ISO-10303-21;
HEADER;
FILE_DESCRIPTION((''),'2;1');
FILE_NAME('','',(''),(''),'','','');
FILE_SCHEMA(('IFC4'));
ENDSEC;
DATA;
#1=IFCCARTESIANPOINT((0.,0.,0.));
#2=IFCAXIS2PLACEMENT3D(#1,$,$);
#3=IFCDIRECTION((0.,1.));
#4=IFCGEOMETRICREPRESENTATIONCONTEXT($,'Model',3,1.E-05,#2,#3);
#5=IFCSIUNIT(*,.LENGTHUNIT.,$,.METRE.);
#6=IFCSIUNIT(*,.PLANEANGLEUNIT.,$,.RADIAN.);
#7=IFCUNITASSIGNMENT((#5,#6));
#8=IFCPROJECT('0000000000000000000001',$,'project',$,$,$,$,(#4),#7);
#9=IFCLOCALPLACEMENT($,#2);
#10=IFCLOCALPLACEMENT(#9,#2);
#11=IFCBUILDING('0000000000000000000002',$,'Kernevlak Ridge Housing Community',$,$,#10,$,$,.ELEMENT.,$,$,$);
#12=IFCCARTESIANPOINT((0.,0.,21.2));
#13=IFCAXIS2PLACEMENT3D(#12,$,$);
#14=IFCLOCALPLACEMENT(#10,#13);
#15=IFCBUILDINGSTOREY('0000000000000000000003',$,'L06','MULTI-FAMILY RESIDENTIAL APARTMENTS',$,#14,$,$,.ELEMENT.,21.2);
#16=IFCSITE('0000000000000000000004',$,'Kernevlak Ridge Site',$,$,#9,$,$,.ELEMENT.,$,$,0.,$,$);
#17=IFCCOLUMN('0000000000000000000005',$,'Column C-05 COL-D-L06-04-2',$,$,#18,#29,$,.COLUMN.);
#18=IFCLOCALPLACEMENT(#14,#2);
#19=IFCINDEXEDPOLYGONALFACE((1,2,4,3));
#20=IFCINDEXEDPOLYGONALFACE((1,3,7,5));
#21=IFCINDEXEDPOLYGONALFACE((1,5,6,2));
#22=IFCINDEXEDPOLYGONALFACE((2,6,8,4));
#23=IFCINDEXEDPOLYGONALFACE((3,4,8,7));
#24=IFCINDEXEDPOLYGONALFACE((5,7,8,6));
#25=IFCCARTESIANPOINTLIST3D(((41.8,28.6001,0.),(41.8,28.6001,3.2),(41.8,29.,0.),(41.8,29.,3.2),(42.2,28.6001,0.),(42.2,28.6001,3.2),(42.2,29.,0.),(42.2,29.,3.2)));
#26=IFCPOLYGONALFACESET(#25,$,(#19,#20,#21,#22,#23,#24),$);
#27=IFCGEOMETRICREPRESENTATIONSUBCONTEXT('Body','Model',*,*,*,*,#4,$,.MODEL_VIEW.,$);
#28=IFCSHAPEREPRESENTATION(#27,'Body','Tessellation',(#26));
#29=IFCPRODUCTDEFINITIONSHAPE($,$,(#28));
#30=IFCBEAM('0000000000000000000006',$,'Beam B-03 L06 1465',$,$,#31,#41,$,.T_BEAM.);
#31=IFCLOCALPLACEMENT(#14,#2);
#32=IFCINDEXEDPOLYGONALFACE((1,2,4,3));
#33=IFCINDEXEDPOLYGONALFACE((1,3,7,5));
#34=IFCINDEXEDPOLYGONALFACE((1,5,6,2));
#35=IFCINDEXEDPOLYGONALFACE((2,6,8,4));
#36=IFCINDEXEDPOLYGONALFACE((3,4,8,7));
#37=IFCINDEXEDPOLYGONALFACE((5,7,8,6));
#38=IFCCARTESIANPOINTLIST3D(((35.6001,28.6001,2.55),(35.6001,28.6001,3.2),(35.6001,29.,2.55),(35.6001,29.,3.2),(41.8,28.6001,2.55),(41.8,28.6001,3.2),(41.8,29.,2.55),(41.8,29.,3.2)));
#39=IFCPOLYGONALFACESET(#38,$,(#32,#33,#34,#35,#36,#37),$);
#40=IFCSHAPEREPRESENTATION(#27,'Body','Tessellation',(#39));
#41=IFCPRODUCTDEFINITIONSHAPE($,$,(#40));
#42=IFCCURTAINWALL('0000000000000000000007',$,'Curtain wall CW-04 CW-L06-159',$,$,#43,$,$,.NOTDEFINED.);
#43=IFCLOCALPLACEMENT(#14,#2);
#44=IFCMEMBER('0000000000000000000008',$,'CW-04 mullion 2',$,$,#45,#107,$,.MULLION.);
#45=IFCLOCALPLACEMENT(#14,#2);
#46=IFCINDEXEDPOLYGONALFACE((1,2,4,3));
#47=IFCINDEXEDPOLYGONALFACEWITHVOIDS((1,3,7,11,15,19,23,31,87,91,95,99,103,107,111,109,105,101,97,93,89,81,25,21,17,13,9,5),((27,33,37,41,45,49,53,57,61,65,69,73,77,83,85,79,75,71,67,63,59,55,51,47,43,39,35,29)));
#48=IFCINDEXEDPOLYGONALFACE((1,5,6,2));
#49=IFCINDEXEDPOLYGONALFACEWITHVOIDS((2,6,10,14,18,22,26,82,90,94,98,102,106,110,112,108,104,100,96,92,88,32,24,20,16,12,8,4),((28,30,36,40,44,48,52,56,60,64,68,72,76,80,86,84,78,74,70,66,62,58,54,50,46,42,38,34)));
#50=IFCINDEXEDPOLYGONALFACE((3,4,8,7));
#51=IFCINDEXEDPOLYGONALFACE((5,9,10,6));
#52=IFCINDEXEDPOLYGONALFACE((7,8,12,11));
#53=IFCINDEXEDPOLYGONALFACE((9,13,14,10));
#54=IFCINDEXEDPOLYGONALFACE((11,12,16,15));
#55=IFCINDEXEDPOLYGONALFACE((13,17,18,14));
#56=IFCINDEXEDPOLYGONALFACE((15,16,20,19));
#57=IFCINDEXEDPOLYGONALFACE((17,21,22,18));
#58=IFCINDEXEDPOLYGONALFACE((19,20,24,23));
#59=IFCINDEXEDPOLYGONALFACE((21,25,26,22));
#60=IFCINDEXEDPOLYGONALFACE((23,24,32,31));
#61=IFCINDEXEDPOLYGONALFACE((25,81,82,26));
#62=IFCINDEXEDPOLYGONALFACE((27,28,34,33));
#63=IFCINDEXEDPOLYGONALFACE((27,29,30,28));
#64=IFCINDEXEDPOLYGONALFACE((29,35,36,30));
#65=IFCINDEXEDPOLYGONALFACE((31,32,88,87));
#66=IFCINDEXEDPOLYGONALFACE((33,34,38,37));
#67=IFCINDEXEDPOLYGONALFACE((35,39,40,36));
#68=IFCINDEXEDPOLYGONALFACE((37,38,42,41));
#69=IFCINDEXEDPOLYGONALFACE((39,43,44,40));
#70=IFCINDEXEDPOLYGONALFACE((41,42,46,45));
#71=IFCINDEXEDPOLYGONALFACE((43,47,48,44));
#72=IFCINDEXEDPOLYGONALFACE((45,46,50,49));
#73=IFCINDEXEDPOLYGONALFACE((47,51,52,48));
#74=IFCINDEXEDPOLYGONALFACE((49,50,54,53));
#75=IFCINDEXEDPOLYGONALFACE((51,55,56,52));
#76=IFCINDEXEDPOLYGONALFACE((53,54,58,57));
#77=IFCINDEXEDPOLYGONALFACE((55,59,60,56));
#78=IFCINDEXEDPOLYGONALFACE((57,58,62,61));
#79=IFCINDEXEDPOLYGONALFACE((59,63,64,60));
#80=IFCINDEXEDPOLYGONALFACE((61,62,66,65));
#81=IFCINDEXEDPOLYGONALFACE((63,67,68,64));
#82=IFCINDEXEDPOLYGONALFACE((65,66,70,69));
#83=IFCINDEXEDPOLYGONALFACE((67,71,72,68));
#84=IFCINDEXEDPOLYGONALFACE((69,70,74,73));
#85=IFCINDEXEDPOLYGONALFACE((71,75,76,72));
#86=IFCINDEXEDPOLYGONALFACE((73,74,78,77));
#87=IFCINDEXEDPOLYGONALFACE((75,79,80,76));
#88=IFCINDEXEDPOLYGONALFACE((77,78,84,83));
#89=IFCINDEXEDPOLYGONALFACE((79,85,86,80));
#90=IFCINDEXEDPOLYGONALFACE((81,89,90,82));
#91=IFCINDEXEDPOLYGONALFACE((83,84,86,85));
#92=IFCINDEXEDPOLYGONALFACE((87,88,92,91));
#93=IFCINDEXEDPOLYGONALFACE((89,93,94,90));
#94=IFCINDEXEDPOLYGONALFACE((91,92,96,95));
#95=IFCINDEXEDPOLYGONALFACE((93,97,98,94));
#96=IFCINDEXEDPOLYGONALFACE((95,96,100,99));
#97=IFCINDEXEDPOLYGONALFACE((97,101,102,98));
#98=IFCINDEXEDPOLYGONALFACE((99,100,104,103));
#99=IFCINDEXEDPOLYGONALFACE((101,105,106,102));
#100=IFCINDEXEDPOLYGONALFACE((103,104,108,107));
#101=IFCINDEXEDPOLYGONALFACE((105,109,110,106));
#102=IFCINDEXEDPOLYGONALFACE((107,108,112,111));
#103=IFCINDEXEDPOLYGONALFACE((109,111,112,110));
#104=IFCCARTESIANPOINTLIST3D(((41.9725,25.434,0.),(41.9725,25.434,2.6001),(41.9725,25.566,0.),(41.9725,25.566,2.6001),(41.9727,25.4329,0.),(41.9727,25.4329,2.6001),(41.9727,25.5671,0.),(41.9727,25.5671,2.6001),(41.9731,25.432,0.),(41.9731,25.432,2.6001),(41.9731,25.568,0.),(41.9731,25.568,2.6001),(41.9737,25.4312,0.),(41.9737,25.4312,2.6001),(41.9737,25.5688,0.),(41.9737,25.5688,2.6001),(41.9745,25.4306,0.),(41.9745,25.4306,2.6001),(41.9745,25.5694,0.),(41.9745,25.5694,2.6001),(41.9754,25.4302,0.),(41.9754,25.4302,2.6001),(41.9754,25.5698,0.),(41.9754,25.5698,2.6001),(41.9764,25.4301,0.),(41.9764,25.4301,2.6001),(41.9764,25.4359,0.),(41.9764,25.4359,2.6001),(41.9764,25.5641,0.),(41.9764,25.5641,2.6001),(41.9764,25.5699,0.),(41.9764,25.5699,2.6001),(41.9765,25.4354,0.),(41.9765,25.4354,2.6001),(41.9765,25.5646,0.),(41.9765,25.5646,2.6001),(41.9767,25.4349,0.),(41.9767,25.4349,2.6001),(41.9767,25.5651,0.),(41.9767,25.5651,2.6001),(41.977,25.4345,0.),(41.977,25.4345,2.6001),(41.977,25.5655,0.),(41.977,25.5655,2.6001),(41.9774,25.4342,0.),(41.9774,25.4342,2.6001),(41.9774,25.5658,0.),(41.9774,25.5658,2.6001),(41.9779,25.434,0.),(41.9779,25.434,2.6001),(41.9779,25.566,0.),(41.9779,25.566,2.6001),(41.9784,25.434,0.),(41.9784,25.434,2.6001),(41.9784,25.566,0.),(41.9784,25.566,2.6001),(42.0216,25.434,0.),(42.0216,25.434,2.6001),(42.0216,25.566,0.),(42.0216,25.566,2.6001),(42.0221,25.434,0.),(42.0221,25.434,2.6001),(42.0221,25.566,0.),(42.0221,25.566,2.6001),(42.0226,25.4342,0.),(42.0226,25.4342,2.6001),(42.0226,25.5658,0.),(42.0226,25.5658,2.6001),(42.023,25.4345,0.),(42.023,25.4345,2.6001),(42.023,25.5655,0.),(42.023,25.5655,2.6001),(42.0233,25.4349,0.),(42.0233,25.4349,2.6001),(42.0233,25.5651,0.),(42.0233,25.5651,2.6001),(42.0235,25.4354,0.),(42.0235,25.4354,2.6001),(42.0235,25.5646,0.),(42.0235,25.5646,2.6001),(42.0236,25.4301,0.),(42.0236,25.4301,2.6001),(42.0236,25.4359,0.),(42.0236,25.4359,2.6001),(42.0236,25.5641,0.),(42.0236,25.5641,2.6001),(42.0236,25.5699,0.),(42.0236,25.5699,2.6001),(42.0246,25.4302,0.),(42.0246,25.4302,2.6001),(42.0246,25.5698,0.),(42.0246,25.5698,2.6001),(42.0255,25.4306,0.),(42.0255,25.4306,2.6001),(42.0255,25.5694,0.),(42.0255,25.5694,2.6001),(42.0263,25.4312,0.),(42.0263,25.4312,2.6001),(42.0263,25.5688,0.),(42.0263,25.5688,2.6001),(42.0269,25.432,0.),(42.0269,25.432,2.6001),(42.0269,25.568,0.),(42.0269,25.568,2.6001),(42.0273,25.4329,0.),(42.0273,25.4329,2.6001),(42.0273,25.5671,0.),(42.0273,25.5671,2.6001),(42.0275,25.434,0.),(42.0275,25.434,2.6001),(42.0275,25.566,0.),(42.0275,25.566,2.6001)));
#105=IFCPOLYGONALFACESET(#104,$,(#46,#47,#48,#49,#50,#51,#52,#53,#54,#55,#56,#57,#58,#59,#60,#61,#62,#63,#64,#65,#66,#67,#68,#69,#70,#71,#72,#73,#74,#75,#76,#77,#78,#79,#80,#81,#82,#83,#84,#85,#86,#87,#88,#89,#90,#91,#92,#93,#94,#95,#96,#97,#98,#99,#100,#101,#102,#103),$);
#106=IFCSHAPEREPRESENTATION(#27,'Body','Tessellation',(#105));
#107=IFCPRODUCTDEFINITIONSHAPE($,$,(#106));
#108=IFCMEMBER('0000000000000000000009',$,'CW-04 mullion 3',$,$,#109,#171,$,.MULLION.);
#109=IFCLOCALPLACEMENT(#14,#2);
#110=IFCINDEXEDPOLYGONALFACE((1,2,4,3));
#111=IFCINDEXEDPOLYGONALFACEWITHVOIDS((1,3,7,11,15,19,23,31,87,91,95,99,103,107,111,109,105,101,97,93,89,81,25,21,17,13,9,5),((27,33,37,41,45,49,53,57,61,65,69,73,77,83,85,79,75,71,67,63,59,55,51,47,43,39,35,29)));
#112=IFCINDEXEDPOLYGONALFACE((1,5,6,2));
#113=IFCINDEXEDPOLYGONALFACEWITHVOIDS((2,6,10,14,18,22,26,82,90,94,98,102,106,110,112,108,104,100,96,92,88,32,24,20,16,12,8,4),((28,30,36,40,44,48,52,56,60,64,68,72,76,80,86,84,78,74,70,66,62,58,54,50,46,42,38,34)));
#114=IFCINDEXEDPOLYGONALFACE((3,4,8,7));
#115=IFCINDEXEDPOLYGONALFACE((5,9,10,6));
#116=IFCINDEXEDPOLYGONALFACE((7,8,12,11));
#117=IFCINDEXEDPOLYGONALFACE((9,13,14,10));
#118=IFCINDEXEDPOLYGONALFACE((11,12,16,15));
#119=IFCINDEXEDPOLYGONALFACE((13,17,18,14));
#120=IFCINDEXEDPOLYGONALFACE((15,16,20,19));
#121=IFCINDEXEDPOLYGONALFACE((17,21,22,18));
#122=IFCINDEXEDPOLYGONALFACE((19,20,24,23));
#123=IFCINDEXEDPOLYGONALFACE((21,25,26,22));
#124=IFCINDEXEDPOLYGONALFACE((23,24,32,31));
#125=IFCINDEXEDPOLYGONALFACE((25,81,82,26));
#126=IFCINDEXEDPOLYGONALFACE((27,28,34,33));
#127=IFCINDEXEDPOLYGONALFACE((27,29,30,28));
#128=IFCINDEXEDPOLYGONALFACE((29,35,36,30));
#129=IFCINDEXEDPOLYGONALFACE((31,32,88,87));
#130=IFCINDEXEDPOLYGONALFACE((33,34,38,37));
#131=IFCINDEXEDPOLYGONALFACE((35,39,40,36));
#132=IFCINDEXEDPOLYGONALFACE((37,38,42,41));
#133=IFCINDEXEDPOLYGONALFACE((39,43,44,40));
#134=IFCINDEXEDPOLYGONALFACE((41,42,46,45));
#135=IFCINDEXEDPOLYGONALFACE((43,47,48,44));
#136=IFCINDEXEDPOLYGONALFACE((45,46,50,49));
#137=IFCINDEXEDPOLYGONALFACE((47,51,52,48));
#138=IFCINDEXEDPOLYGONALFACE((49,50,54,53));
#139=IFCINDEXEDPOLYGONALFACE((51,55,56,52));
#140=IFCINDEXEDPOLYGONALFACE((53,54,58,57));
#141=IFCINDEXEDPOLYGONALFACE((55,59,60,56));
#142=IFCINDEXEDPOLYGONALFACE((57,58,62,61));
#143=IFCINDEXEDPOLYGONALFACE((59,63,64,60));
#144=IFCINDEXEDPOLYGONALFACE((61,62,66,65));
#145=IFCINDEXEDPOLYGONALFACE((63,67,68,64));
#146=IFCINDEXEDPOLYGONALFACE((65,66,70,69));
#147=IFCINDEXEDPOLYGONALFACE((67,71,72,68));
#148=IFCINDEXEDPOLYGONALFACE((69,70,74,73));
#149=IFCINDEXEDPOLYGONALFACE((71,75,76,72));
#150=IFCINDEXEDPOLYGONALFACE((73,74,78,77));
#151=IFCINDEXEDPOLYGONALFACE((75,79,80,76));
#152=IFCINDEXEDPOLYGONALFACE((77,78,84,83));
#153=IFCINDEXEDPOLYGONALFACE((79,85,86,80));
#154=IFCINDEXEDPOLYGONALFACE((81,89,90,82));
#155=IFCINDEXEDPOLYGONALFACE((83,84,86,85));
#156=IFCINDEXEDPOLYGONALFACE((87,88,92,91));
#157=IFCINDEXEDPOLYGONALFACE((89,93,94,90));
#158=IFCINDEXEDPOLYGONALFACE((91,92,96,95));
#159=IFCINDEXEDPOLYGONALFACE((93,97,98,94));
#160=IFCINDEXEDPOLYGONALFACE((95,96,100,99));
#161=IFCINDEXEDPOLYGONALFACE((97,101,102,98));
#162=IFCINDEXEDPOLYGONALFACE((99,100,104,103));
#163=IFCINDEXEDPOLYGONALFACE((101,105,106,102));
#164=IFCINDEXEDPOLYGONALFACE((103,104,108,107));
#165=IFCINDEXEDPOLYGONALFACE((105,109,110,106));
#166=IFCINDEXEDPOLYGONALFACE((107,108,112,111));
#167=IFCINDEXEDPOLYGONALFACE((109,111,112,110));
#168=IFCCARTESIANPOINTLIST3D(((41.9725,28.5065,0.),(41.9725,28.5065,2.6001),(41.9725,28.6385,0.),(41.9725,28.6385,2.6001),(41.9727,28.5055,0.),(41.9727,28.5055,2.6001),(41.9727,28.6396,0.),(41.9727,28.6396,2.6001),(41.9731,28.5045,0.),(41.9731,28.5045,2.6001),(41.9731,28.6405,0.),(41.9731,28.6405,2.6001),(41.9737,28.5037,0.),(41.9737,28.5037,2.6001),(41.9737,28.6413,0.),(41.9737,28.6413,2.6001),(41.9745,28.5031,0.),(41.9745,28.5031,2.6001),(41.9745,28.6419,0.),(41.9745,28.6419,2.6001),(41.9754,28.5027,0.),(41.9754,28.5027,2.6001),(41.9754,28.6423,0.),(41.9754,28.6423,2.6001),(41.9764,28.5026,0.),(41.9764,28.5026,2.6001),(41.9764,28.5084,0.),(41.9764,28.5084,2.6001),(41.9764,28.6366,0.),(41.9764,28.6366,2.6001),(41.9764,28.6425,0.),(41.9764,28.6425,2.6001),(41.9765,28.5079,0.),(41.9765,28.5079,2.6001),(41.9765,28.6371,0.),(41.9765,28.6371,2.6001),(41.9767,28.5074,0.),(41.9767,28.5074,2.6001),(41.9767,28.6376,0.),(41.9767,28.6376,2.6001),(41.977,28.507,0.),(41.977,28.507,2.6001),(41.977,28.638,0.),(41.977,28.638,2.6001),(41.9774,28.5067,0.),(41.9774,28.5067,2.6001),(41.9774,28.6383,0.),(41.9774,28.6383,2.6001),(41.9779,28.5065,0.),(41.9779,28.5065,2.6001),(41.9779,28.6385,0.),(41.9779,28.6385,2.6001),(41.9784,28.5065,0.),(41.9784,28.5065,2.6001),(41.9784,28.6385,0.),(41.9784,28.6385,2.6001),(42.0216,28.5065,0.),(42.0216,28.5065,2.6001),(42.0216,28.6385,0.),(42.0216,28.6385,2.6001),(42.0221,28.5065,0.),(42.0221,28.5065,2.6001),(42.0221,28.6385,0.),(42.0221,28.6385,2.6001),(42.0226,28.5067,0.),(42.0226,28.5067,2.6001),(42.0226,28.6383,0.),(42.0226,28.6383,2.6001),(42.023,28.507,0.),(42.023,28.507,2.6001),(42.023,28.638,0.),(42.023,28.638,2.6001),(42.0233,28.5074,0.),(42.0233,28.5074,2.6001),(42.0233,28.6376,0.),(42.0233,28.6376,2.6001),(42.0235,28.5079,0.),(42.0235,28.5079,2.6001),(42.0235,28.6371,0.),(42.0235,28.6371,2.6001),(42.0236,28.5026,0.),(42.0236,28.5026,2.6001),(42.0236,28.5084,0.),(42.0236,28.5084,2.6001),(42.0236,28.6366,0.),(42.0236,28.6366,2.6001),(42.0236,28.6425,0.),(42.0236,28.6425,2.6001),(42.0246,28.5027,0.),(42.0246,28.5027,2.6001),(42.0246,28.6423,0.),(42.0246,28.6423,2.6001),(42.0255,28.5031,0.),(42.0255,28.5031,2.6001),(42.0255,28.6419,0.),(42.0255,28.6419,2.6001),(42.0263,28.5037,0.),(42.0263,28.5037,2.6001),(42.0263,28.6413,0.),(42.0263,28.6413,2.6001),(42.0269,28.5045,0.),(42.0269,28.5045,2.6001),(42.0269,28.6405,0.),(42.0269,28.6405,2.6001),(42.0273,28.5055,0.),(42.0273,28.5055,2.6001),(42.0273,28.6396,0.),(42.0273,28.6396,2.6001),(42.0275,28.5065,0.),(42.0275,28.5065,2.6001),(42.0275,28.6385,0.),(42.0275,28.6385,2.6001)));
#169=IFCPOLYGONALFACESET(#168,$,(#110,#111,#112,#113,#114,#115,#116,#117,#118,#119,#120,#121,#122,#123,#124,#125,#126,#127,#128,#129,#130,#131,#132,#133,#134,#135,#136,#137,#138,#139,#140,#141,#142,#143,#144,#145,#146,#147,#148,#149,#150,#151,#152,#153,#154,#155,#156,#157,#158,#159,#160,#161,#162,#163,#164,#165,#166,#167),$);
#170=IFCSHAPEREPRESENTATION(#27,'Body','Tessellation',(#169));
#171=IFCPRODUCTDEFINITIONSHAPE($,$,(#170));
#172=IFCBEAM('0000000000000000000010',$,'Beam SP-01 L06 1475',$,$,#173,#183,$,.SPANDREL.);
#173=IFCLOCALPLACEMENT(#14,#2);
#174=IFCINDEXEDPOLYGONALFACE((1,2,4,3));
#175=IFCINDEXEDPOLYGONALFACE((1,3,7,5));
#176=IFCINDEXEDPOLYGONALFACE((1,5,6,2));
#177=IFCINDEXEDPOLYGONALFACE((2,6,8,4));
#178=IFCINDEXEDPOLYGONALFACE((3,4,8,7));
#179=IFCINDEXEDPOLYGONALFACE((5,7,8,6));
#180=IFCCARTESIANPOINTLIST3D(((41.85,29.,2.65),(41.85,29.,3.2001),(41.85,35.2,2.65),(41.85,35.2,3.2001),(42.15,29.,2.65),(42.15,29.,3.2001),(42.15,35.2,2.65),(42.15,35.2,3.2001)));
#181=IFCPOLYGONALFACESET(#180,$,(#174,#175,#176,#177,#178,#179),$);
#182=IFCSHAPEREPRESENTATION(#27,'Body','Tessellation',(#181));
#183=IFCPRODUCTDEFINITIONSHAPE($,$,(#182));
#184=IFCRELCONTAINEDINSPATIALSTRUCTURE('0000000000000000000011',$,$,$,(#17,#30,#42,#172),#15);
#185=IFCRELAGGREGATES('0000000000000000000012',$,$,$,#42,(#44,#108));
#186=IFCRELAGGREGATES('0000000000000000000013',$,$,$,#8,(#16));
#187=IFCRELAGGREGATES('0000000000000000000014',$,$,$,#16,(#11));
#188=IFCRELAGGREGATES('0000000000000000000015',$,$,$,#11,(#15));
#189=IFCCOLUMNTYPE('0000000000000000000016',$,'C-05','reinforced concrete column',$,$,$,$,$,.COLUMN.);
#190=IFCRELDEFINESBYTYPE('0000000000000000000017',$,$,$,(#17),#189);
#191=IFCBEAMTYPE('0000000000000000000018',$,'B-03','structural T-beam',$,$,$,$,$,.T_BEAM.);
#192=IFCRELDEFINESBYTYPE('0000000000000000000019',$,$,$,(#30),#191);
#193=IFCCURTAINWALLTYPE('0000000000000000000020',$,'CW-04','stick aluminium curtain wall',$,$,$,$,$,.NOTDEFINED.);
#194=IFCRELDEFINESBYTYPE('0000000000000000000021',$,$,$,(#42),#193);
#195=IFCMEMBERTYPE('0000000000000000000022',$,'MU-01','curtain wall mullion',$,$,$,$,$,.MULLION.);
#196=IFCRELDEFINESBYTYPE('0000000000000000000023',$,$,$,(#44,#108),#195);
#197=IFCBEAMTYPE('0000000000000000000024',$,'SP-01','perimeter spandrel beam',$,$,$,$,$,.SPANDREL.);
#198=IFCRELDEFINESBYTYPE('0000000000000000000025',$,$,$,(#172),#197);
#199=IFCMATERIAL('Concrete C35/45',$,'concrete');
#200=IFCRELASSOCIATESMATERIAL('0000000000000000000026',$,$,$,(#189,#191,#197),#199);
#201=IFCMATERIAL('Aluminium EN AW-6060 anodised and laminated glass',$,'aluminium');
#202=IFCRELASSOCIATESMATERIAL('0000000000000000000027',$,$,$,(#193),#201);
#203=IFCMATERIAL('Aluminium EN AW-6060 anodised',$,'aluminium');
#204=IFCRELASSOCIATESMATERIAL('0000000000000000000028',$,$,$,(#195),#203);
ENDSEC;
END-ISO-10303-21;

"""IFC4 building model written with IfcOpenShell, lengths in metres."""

from ifc_helpers import new_model, si_unit, direction, frame, origin, origin_2d, place, context, subcontext, project, spatial, rectangle, hollow_rectangle, extrude, material, material_profile, profile_set, type_object, element, aggregate, save


model = new_model("IFC4")

# Units and contexts
model_context = context("Model", 3, precision=1e-05, world=origin(), true_north=direction((0.0, 1.0)))
body_context = subcontext(model_context, "Body", "Model", "MODEL_VIEW")
ifc_project = project(units=[si_unit("LENGTHUNIT", "METRE"), si_unit("PLANEANGLEUNIT", "RADIAN")], contexts=[model_context])

# Site, building, storey
site_placement = place(None, origin())
site = spatial("IfcSite", under=ifc_project, at=site_placement, Name="Kernevlak Ridge Site", CompositionType="ELEMENT", RefElevation=0.0)
building_placement = place(site_placement, origin())
building = spatial("IfcBuilding", under=site, at=building_placement, Name="Kernevlak Ridge Housing Community", CompositionType="ELEMENT")
storey_placement = place(building_placement, frame((0.0, 0.0, 21.2)))
storey = spatial("IfcBuildingStorey", under=building, at=storey_placement, Name="L06", Description="MULTI-FAMILY RESIDENTIAL APARTMENTS", CompositionType="ELEMENT", Elevation=21.2)

# Column
ifc_material_1 = material(Name="Concrete C35/45", Category="concrete")
ifc_material_profile_1 = material_profile(ifc_material_1, rectangle(XDim=0.3999, YDim=0.3999, at=origin_2d()), Name="RC 400x400")
ifc_profile_set_1 = profile_set([ifc_material_profile_1], Name="Concrete C35/45")
column_type = type_object("IfcColumnType", Name="C-05", Description="reinforced concrete column", PredefinedType="COLUMN", material=ifc_profile_set_1)
column_placement = place(storey_placement, frame((42.0, 28.8, 0.0), z_axis=(0.0, 0.0, 1.0), x_axis=(1.0, 0.0, 0.0)))
element("IfcColumn", 1, at=column_placement, inside=storey, type_object=column_type, Name="Column C-05 COL-D-L06-04-2", PredefinedType="COLUMN", context=body_context, shape_type="SweptSolid", body=[
    extrude(rectangle(XDim=0.3999, YDim=0.3999, at=origin_2d()), origin(), (0.0, 0.0, 1.0), 3.2),
])

# Beam
ifc_material_profile_2 = material_profile(ifc_material_1, rectangle(XDim=0.3999, YDim=0.6499, at=origin_2d()), Name="RC 400x650")
ifc_profile_set_2 = profile_set([ifc_material_profile_2], Name="Concrete C35/45")
beam_type_1 = type_object("IfcBeamType", Name="B-03", Description="structural T-beam", PredefinedType="T_BEAM", material=ifc_profile_set_2)
beam_1_placement = place(storey_placement, frame((35.6001, 28.8, 2.875), z_axis=(1.0, 0.0, 0.0), x_axis=(0.0, 1.0, 0.0)))
element("IfcBeam", 2, at=beam_1_placement, inside=storey, type_object=beam_type_1, Name="Beam B-03 L06 1465", PredefinedType="T_BEAM", context=body_context, shape_type="SweptSolid", body=[
    extrude(rectangle(XDim=0.3999, YDim=0.6499, at=origin_2d()), origin(), (0.0, 0.0, 1.0), 6.2),
])

# Curtain wall, members
ifc_material_2 = material(Name="Aluminium EN AW-6060 anodised and laminated glass", Category="aluminium")
curtain_wall_type = type_object("IfcCurtainWallType", Name="CW-04", Description="stick aluminium curtain wall", PredefinedType="NOTDEFINED", material=ifc_material_2)
curtain_wall_placement = place(storey_placement, origin())
curtain_wall = element("IfcCurtainWall", 3, at=curtain_wall_placement, inside=storey, type_object=curtain_wall_type, Name="Curtain wall CW-04 CW-L06-159", PredefinedType="NOTDEFINED")
ifc_material_3 = material(Name="Aluminium EN AW-6060 anodised", Category="aluminium")
ifc_material_profile_3 = material_profile(ifc_material_3, hollow_rectangle(XDim=0.0549, YDim=0.1399, WallThickness=0.0039, InnerFilletRadius=0.002, OuterFilletRadius=0.0039, at=origin_2d()), Name="ALU 55x140x4")
ifc_profile_set_3 = profile_set([ifc_material_profile_3], Name="Aluminium EN AW-6060 anodised")
member_type_1 = type_object("IfcMemberType", Name="MU-01", Description="curtain wall mullion", PredefinedType="MULLION", material=ifc_profile_set_3)
member_1_placement = place(storey_placement, frame((42.0, 25.5, 0.0), z_axis=(0.0, 0.0, 1.0), x_axis=(-1.0, 0.0, 0.0)))
member_1 = element("IfcMember", 4, at=member_1_placement, type_object=member_type_1, Name="CW-04 mullion 2", PredefinedType="MULLION", context=body_context, shape_type="SweptSolid", body=[
    extrude(hollow_rectangle(XDim=0.0549, YDim=0.1399, WallThickness=0.0039, InnerFilletRadius=0.002, OuterFilletRadius=0.0039, at=origin_2d()), origin(), (0.0, 0.0, 1.0), 2.6001),
])
member_2_placement = place(storey_placement, frame((42.0, 28.5725, 0.0), z_axis=(0.0, 0.0, 1.0), x_axis=(-1.0, 0.0, 0.0)))
member_2 = element("IfcMember", 5, at=member_2_placement, type_object=member_type_1, Name="CW-04 mullion 3", PredefinedType="MULLION", context=body_context, shape_type="SweptSolid", body=[
    extrude(hollow_rectangle(XDim=0.0549, YDim=0.1399, WallThickness=0.0039, InnerFilletRadius=0.002, OuterFilletRadius=0.0039, at=origin_2d()), origin(), (0.0, 0.0, 1.0), 2.6001),
])

# Beam
ifc_material_profile_4 = material_profile(ifc_material_1, rectangle(XDim=0.3, YDim=0.55, at=origin_2d()), Name="RC 300x550")
ifc_profile_set_4 = profile_set([ifc_material_profile_4], Name="Concrete C35/45")
beam_type_2 = type_object("IfcBeamType", Name="SP-01", Description="perimeter spandrel beam", PredefinedType="SPANDREL", material=ifc_profile_set_4)
beam_2_placement = place(storey_placement, frame((42.0, 29.0, 2.925), z_axis=(0.0, 1.0, 0.0), x_axis=(-1.0, 0.0, 0.0)))
element("IfcBeam", 6, at=beam_2_placement, inside=storey, type_object=beam_type_2, Name="Beam SP-01 L06 1475", PredefinedType="SPANDREL", context=body_context, shape_type="SweptSolid", body=[
    extrude(rectangle(XDim=0.3, YDim=0.55, at=origin_2d()), origin(), (0.0, 0.0, 1.0), 6.2),
])

aggregate(curtain_wall, [member_1, member_2])

save(model, "model.ifc")
